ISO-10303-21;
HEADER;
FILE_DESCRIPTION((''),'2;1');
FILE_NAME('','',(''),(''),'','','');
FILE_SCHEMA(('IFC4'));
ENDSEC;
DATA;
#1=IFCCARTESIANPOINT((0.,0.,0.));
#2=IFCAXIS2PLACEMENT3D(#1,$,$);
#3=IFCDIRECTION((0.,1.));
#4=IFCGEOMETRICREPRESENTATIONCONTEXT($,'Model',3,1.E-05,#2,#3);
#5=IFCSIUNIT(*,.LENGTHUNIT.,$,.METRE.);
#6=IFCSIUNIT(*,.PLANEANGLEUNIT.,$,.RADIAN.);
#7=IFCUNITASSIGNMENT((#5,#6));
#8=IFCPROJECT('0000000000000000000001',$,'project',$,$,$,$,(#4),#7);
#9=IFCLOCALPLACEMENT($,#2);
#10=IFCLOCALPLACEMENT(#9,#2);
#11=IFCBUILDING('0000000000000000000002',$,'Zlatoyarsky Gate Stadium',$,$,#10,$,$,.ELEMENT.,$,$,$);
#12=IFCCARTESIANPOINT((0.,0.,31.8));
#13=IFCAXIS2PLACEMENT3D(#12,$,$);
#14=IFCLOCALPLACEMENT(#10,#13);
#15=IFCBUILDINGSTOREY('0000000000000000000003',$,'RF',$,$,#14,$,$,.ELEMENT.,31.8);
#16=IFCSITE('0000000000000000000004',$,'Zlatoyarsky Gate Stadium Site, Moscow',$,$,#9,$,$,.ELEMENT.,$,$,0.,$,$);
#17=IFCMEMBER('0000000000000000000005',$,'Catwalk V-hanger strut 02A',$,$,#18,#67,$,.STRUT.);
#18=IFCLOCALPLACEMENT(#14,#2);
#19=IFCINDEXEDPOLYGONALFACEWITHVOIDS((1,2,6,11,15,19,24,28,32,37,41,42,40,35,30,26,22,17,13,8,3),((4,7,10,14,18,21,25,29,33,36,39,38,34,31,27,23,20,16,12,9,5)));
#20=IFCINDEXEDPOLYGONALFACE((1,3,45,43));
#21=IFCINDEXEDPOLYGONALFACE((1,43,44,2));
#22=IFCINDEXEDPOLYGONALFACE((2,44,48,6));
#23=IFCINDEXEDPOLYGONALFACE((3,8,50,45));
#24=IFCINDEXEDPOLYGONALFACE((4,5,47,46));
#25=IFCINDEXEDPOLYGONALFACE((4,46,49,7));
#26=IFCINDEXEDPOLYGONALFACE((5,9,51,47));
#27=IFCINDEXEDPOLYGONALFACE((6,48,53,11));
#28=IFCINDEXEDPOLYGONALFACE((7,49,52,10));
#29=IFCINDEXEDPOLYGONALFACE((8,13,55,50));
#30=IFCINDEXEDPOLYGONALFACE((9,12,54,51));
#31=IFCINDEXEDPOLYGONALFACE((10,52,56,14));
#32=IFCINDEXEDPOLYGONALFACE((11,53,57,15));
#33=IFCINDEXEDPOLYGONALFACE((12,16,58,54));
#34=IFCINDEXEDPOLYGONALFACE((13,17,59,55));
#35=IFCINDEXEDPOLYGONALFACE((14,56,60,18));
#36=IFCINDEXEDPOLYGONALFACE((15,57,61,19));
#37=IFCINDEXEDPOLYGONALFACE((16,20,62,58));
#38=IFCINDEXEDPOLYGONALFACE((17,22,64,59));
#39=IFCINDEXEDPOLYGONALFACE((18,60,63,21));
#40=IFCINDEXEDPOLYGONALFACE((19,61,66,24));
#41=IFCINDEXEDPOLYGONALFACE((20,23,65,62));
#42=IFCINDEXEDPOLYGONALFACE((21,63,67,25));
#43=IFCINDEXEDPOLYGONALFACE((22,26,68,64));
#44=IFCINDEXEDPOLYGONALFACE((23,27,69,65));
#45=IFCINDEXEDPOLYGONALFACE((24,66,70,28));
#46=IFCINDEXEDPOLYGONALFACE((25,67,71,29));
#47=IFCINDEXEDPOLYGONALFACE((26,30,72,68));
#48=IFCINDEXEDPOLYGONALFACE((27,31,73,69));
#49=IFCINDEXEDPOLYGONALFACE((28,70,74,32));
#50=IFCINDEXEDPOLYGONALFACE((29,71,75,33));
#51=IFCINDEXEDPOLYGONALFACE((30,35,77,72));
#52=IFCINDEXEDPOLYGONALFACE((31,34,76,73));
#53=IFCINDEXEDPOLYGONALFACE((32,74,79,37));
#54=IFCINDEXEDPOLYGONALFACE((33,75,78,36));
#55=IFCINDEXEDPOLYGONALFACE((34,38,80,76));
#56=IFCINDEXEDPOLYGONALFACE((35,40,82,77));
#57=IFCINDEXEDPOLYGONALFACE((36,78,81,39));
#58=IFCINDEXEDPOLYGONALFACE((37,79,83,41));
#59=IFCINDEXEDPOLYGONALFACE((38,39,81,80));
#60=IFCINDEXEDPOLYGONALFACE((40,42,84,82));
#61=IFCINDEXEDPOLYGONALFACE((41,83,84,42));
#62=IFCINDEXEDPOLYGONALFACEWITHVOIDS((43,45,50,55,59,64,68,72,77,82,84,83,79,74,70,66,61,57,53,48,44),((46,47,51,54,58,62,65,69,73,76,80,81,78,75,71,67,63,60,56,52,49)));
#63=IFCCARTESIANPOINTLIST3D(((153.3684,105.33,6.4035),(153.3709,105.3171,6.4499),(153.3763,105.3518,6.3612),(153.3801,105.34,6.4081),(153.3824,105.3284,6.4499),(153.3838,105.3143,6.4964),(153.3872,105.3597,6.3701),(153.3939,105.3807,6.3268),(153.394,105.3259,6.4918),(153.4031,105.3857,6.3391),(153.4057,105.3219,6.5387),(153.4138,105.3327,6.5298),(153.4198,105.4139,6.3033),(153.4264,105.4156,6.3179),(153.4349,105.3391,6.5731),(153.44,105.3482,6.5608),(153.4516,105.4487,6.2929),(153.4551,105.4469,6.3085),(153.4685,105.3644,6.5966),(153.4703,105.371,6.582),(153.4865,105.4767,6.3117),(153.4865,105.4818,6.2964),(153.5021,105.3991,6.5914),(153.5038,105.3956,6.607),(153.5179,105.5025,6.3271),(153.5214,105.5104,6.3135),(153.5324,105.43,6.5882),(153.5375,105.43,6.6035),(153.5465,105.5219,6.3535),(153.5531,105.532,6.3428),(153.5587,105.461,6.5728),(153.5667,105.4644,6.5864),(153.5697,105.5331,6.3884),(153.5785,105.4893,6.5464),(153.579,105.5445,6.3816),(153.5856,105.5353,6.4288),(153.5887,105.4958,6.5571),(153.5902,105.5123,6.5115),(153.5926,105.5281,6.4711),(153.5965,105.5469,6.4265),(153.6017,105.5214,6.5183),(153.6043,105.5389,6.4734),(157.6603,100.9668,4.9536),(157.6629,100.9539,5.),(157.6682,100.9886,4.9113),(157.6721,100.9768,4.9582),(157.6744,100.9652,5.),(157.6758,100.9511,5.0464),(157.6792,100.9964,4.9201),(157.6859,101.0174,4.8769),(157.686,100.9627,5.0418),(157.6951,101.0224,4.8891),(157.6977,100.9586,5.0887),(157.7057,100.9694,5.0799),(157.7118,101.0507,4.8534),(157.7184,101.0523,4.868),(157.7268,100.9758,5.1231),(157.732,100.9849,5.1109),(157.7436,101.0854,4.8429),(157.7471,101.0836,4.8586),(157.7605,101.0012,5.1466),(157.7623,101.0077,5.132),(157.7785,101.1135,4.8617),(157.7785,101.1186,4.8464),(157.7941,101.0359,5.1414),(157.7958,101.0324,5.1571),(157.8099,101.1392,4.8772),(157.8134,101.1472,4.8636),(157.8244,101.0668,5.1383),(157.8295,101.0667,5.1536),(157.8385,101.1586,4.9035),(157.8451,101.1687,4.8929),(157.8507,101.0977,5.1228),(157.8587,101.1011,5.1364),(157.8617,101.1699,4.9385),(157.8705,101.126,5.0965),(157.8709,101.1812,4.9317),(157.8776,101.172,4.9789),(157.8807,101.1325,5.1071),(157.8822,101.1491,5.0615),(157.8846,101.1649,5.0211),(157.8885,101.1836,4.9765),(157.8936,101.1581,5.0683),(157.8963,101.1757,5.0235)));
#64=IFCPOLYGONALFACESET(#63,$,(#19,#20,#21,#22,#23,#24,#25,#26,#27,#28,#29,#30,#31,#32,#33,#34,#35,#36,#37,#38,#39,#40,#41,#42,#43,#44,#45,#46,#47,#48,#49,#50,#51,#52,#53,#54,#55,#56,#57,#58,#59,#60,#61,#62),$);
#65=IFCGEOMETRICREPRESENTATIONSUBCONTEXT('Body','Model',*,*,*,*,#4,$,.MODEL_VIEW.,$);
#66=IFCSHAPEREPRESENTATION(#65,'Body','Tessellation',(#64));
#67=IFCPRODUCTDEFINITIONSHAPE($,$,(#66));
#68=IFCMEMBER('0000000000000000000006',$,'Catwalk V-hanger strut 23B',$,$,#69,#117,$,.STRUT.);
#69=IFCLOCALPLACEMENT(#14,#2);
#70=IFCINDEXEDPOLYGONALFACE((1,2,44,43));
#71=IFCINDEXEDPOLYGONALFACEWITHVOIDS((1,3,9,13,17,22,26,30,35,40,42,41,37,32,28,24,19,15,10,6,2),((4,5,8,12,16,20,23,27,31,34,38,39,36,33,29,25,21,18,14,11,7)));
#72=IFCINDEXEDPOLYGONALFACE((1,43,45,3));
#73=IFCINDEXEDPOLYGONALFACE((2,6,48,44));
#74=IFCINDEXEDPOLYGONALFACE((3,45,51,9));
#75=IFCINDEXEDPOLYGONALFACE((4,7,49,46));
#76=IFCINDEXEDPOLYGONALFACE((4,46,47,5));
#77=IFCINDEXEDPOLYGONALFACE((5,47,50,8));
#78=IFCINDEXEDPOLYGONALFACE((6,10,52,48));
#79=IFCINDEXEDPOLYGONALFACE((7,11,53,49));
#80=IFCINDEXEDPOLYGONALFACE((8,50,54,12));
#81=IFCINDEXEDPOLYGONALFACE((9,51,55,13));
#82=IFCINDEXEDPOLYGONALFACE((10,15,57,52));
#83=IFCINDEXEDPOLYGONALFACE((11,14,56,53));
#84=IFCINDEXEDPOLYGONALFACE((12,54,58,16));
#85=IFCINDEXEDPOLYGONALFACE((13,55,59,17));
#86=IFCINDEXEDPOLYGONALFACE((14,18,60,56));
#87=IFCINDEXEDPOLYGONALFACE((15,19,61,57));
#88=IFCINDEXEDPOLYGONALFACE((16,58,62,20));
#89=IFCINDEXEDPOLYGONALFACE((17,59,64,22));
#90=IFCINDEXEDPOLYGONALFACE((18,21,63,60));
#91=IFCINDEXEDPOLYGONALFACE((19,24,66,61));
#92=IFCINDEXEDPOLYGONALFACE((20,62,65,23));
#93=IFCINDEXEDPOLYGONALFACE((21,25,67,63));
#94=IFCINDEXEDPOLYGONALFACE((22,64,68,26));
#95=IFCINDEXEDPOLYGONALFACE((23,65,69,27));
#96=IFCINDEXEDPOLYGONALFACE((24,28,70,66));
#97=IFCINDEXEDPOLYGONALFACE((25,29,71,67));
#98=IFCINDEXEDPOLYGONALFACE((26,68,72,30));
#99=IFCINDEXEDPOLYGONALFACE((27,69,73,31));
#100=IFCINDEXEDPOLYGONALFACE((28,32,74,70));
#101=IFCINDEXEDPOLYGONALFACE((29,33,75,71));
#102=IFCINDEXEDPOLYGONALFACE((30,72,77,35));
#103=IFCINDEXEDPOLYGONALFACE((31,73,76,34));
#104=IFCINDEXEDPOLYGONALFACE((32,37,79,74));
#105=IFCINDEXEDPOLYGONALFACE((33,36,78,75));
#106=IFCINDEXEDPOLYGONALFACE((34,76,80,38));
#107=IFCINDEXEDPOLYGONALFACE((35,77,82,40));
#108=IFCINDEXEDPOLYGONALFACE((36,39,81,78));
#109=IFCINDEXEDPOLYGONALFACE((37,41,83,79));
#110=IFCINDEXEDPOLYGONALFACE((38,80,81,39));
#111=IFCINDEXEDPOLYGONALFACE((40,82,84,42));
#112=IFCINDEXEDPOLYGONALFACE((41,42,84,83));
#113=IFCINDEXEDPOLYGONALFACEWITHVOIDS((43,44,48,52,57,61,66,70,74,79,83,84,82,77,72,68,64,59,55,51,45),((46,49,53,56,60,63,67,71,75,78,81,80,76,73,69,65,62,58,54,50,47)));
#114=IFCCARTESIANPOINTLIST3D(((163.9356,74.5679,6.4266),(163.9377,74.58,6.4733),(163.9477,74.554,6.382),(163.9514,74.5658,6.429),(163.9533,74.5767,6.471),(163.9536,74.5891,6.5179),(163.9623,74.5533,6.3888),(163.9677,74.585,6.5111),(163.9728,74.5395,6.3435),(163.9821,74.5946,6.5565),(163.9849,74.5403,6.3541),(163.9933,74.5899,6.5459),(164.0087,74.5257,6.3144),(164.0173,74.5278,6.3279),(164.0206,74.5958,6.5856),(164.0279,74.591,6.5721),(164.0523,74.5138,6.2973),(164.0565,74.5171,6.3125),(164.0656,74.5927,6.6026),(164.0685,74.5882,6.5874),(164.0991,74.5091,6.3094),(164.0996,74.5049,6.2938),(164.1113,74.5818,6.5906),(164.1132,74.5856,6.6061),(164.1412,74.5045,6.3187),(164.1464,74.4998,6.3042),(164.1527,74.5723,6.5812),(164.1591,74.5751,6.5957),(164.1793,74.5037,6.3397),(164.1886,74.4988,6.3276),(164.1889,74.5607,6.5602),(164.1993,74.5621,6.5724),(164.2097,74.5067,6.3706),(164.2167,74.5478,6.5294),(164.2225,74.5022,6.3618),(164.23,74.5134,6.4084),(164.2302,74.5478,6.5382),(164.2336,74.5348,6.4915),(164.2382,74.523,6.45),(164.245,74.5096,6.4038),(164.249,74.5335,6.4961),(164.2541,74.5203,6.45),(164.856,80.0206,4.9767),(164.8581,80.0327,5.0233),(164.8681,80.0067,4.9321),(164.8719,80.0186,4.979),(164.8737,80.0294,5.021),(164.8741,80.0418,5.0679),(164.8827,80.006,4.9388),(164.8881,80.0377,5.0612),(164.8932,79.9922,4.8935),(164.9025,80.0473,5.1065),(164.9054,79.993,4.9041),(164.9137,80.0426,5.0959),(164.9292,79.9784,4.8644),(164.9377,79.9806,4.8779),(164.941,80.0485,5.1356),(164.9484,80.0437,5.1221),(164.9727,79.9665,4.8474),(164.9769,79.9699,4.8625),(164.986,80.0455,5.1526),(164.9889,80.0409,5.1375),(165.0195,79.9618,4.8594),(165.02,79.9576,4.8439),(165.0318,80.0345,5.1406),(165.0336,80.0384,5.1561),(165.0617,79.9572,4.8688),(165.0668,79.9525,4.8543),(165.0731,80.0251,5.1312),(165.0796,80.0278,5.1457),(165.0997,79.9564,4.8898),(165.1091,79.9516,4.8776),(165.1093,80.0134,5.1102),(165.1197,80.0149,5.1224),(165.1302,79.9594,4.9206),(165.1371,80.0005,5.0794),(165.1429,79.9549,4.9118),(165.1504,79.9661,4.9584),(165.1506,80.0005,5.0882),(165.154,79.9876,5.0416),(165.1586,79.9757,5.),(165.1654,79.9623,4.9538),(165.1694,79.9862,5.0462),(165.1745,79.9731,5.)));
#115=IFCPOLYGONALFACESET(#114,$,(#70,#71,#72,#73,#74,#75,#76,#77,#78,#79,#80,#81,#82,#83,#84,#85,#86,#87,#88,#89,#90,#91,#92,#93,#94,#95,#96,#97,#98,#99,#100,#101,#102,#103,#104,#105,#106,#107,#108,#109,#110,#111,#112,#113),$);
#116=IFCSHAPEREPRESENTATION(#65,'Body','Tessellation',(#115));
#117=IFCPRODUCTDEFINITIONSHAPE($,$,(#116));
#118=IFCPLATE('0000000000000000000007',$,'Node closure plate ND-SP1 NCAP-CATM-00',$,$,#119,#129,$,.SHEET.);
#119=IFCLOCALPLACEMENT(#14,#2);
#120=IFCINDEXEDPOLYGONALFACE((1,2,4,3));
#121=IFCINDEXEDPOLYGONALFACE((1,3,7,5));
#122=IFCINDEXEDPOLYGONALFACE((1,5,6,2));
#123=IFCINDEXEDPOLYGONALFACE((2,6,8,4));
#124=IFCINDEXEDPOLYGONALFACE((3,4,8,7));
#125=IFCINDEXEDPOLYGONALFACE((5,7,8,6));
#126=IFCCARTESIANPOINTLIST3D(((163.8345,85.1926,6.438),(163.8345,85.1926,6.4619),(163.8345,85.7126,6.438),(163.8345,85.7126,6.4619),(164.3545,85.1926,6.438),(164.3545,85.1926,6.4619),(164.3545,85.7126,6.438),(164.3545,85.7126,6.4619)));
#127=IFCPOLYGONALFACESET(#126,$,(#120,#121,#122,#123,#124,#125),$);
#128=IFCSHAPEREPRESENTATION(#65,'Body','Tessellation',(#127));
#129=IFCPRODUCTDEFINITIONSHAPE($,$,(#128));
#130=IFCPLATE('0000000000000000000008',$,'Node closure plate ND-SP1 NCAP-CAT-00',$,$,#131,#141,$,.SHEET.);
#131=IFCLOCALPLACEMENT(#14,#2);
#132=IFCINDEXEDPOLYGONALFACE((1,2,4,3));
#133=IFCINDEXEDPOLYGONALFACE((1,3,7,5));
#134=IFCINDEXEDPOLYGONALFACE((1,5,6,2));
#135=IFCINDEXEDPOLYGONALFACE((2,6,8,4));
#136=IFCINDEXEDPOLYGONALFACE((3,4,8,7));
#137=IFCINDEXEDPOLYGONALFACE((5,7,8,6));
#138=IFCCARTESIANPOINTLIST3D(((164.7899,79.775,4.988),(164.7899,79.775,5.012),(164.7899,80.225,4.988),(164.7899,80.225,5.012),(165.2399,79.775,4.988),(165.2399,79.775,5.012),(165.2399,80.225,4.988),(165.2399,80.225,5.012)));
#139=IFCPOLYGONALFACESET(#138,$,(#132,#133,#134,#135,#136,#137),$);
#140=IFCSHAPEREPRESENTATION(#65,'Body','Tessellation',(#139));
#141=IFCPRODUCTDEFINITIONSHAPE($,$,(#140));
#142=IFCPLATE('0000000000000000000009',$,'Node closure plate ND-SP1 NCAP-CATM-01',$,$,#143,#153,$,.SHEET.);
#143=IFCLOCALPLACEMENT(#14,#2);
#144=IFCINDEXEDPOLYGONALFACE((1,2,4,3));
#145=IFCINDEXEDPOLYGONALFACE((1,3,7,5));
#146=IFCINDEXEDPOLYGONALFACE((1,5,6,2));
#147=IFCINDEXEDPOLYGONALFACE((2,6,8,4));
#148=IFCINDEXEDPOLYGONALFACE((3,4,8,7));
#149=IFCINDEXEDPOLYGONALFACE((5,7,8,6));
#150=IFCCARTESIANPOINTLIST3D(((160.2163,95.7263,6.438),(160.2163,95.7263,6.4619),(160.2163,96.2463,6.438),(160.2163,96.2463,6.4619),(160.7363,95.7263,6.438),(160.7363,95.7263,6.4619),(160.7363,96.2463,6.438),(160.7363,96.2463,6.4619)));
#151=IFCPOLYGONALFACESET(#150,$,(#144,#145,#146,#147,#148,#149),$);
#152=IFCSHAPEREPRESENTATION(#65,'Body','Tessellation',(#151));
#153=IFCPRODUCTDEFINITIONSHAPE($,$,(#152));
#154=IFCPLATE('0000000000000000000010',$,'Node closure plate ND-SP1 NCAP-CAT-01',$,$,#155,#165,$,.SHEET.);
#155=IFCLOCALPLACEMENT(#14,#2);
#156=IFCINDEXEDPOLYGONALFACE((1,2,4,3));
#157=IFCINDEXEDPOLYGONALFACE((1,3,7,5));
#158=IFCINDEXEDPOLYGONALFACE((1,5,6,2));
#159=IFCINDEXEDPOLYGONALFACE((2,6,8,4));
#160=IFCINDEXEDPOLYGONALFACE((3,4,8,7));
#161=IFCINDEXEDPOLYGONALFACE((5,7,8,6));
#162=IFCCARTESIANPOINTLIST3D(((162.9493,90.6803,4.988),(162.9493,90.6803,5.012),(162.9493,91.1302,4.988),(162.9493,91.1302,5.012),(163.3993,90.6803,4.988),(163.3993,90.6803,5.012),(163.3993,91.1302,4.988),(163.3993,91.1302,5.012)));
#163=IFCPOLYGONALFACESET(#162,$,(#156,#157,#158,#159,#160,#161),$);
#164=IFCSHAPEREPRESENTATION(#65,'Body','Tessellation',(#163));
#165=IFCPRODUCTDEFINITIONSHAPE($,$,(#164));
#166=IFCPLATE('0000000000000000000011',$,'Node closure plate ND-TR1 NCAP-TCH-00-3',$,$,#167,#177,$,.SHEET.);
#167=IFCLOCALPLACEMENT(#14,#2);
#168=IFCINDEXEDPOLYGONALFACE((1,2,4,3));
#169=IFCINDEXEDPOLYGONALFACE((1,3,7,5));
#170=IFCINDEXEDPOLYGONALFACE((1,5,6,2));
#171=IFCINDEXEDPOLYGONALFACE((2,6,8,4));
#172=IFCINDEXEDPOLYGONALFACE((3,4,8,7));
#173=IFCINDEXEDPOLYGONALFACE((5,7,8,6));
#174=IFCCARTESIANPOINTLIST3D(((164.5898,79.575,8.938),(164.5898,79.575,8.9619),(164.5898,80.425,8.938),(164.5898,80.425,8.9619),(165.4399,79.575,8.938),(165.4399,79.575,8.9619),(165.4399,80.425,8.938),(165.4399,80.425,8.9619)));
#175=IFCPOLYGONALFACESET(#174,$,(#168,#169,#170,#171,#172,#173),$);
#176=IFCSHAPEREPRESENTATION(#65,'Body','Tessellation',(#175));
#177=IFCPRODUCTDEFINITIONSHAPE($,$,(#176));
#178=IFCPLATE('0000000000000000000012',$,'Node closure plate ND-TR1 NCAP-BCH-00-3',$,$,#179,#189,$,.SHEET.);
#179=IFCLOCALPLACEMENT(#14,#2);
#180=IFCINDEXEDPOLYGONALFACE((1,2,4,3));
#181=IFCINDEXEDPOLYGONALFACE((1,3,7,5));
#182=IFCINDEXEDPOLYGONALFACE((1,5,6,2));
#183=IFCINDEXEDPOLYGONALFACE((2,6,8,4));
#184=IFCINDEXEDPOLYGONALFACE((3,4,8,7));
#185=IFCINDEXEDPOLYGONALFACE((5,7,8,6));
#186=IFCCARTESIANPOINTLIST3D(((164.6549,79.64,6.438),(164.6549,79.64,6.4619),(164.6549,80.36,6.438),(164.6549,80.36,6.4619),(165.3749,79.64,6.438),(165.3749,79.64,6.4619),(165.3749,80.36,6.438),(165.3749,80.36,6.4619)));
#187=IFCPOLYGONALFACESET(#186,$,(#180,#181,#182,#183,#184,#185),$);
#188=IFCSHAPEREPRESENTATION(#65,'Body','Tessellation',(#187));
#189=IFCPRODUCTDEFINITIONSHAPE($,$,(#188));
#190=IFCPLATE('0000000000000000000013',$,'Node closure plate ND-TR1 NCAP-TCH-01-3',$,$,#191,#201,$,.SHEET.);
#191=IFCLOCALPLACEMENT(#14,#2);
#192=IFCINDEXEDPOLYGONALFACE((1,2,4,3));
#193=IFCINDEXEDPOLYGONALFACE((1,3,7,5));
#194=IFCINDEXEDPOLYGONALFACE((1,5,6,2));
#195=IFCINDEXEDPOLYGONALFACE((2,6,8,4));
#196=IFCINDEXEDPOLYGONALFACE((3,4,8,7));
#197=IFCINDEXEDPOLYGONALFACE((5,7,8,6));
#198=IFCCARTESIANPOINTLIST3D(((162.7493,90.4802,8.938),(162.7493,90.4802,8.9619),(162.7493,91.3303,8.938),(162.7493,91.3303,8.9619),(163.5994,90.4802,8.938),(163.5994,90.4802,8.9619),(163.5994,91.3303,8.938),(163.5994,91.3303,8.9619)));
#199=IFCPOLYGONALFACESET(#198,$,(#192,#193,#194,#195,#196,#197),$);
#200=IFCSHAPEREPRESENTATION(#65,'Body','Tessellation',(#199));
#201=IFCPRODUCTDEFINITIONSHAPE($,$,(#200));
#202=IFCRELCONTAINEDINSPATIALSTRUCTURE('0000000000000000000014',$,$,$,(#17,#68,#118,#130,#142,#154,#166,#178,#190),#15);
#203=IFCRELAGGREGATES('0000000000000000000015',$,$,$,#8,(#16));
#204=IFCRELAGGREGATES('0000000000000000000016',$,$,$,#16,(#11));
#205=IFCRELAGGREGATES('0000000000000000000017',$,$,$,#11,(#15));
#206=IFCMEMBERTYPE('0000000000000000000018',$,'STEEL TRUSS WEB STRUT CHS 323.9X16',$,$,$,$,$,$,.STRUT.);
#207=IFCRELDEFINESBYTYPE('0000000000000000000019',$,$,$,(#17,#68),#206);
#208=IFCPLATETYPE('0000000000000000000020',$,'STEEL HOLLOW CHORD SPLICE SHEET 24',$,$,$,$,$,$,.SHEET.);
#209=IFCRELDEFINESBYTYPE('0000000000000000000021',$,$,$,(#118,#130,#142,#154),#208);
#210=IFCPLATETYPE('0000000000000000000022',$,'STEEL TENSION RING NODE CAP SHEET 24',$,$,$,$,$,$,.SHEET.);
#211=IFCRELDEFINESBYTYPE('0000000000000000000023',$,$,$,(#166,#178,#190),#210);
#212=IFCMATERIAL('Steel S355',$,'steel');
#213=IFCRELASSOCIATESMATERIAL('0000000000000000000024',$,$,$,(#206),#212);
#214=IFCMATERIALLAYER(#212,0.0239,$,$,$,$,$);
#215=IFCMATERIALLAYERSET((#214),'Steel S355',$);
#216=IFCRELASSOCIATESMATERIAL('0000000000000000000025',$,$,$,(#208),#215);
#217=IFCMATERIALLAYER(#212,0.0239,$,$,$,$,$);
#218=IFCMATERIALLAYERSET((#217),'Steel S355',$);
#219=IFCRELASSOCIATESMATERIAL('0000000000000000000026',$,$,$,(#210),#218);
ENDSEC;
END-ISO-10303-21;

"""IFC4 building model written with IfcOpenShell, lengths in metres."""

from ifc_helpers import new_model, si_unit, direction, frame, origin, origin_2d, place, context, subcontext, project, spatial, rectangle, hollow_circle, extrude, material, layer, layer_set, material_profile, profile_set, type_object, element, save


model = new_model("IFC4")

# Units and contexts
model_context = context("Model", 3, precision=1e-05, world=origin(), true_north=direction((0.0, 1.0)))
body_context = subcontext(model_context, "Body", "Model", "MODEL_VIEW")
ifc_project = project(units=[si_unit("LENGTHUNIT", "METRE"), si_unit("PLANEANGLEUNIT", "RADIAN")], contexts=[model_context])

# Site, building, storey
site_placement = place(None, origin())
site = spatial("IfcSite", under=ifc_project, at=site_placement, Name="Zlatoyarsky Gate Stadium Site, Moscow", CompositionType="ELEMENT", RefElevation=0.0)
building_placement = place(site_placement, origin())
building = spatial("IfcBuilding", under=site, at=building_placement, Name="Zlatoyarsky Gate Stadium", CompositionType="ELEMENT")
storey_placement = place(building_placement, frame((0.0, 0.0, 31.8)))
storey = spatial("IfcBuildingStorey", under=building, at=storey_placement, Name="RF", CompositionType="ELEMENT", Elevation=31.8)

# Shared definitions
ifc_material = material(Name="Steel S355", Category="steel")

# Members
ifc_material_profile_1 = material_profile(ifc_material, hollow_circle(Radius=0.1619, WallThickness=0.0161, at=origin_2d()), Name="CHS 323.9X16")
ifc_profile_set_1 = profile_set([ifc_material_profile_1], Name="Steel S355")
member_type_1 = type_object("IfcMemberType", Name="STEEL TRUSS WEB STRUT CHS 323.9X16", PredefinedType="STRUT", material=ifc_profile_set_1)
member_1_placement = place(storey_placement, frame((157.7783, 101.0674, 5.0), z_axis=(-0.682372, 0.693706, 0.230524), x_axis=(-0.712907, -0.701259, 0.0)))
element("IfcMember", 1, at=member_1_placement, inside=storey, type_object=member_type_1, Name="Catwalk V-hanger strut 02A", PredefinedType="STRUT", context=body_context, shape_type="SweptSolid", body=[
    extrude(hollow_circle(Radius=0.1619, WallThickness=0.0161, at=origin_2d()), origin(), (0.0, 0.0, 1.0), 6.2898),
])
member_2_placement = place(storey_placement, frame((165.0149, 80.0, 5.0), z_axis=(-0.161004, -0.953807, 0.253634), x_axis=(0.986051, -0.166446, 0.0)))
element("IfcMember", 2, at=member_2_placement, inside=storey, type_object=member_type_1, Name="Catwalk V-hanger strut 23B", PredefinedType="STRUT", context=body_context, shape_type="SweptSolid", body=[
    extrude(hollow_circle(Radius=0.1619, WallThickness=0.0161, at=origin_2d()), origin(), (0.0, 0.0, 1.0), 5.7168),
])

# Plates
ifc_layer_1 = layer(ifc_material, 0.0239)
ifc_layer_set_1 = layer_set([ifc_layer_1], Name="Steel S355")
plate_type_1 = type_object("IfcPlateType", Name="STEEL HOLLOW CHORD SPLICE SHEET 24", PredefinedType="SHEET", material=ifc_layer_set_1)
plate_1_placement = place(storey_placement, frame((164.0945, 85.4526, 6.438), z_axis=(0.0, 0.0, 1.0), x_axis=(1.0, 0.0, 0.0)))
element("IfcPlate", 3, at=plate_1_placement, inside=storey, type_object=plate_type_1, Name="Node closure plate ND-SP1 NCAP-CATM-00", PredefinedType="SHEET", context=body_context, shape_type="SweptSolid", body=[
    extrude(rectangle(XDim=0.52, YDim=0.52, at=origin_2d()), origin(), (0.0, 0.0, 1.0), 0.0239),
])
plate_2_placement = place(storey_placement, frame((165.0149, 80.0, 4.988), z_axis=(0.0, 0.0, 1.0), x_axis=(1.0, 0.0, 0.0)))
element("IfcPlate", 4, at=plate_2_placement, inside=storey, type_object=plate_type_1, Name="Node closure plate ND-SP1 NCAP-CAT-00", PredefinedType="SHEET", context=body_context, shape_type="SweptSolid", body=[
    extrude(rectangle(XDim=0.45, YDim=0.45, at=origin_2d()), origin(), (0.0, 0.0, 1.0), 0.0239),
])
plate_3_placement = place(storey_placement, frame((160.4763, 95.9863, 6.438), z_axis=(0.0, 0.0, 1.0), x_axis=(1.0, 0.0, 0.0)))
element("IfcPlate", 5, at=plate_3_placement, inside=storey, type_object=plate_type_1, Name="Node closure plate ND-SP1 NCAP-CATM-01", PredefinedType="SHEET", context=body_context, shape_type="SweptSolid", body=[
    extrude(rectangle(XDim=0.52, YDim=0.52, at=origin_2d()), origin(), (0.0, 0.0, 1.0), 0.0239),
])
plate_4_placement = place(storey_placement, frame((163.1743, 90.9053, 4.988), z_axis=(0.0, 0.0, 1.0), x_axis=(1.0, 0.0, 0.0)))
element("IfcPlate", 6, at=plate_4_placement, inside=storey, type_object=plate_type_1, Name="Node closure plate ND-SP1 NCAP-CAT-01", PredefinedType="SHEET", context=body_context, shape_type="SweptSolid", body=[
    extrude(rectangle(XDim=0.45, YDim=0.45, at=origin_2d()), origin(), (0.0, 0.0, 1.0), 0.0239),
])
ifc_layer_2 = layer(ifc_material, 0.0239)
ifc_layer_set_2 = layer_set([ifc_layer_2], Name="Steel S355")
plate_type_2 = type_object("IfcPlateType", Name="STEEL TENSION RING NODE CAP SHEET 24", PredefinedType="SHEET", material=ifc_layer_set_2)
plate_5_placement = place(storey_placement, frame((165.0149, 80.0, 8.938), z_axis=(0.0, 0.0, 1.0), x_axis=(1.0, 0.0, 0.0)))
element("IfcPlate", 7, at=plate_5_placement, inside=storey, type_object=plate_type_2, Name="Node closure plate ND-TR1 NCAP-TCH-00-3", PredefinedType="SHEET", context=body_context, shape_type="SweptSolid", body=[
    extrude(rectangle(XDim=0.8501, YDim=0.8501, at=origin_2d()), origin(), (0.0, 0.0, 1.0), 0.0239),
])
plate_6_placement = place(storey_placement, frame((165.0149, 80.0, 6.438), z_axis=(0.0, 0.0, 1.0), x_axis=(1.0, 0.0, 0.0)))
element("IfcPlate", 8, at=plate_6_placement, inside=storey, type_object=plate_type_2, Name="Node closure plate ND-TR1 NCAP-BCH-00-3", PredefinedType="SHEET", context=body_context, shape_type="SweptSolid", body=[
    extrude(rectangle(XDim=0.72, YDim=0.72, at=origin_2d()), origin(), (0.0, 0.0, 1.0), 0.0239),
])
plate_7_placement = place(storey_placement, frame((163.1743, 90.9053, 8.938), z_axis=(0.0, 0.0, 1.0), x_axis=(1.0, 0.0, 0.0)))
element("IfcPlate", 9, at=plate_7_placement, inside=storey, type_object=plate_type_2, Name="Node closure plate ND-TR1 NCAP-TCH-01-3", PredefinedType="SHEET", context=body_context, shape_type="SweptSolid", body=[
    extrude(rectangle(XDim=0.8501, YDim=0.8501, at=origin_2d()), origin(), (0.0, 0.0, 1.0), 0.0239),
])

save(model, "model.ifc")
